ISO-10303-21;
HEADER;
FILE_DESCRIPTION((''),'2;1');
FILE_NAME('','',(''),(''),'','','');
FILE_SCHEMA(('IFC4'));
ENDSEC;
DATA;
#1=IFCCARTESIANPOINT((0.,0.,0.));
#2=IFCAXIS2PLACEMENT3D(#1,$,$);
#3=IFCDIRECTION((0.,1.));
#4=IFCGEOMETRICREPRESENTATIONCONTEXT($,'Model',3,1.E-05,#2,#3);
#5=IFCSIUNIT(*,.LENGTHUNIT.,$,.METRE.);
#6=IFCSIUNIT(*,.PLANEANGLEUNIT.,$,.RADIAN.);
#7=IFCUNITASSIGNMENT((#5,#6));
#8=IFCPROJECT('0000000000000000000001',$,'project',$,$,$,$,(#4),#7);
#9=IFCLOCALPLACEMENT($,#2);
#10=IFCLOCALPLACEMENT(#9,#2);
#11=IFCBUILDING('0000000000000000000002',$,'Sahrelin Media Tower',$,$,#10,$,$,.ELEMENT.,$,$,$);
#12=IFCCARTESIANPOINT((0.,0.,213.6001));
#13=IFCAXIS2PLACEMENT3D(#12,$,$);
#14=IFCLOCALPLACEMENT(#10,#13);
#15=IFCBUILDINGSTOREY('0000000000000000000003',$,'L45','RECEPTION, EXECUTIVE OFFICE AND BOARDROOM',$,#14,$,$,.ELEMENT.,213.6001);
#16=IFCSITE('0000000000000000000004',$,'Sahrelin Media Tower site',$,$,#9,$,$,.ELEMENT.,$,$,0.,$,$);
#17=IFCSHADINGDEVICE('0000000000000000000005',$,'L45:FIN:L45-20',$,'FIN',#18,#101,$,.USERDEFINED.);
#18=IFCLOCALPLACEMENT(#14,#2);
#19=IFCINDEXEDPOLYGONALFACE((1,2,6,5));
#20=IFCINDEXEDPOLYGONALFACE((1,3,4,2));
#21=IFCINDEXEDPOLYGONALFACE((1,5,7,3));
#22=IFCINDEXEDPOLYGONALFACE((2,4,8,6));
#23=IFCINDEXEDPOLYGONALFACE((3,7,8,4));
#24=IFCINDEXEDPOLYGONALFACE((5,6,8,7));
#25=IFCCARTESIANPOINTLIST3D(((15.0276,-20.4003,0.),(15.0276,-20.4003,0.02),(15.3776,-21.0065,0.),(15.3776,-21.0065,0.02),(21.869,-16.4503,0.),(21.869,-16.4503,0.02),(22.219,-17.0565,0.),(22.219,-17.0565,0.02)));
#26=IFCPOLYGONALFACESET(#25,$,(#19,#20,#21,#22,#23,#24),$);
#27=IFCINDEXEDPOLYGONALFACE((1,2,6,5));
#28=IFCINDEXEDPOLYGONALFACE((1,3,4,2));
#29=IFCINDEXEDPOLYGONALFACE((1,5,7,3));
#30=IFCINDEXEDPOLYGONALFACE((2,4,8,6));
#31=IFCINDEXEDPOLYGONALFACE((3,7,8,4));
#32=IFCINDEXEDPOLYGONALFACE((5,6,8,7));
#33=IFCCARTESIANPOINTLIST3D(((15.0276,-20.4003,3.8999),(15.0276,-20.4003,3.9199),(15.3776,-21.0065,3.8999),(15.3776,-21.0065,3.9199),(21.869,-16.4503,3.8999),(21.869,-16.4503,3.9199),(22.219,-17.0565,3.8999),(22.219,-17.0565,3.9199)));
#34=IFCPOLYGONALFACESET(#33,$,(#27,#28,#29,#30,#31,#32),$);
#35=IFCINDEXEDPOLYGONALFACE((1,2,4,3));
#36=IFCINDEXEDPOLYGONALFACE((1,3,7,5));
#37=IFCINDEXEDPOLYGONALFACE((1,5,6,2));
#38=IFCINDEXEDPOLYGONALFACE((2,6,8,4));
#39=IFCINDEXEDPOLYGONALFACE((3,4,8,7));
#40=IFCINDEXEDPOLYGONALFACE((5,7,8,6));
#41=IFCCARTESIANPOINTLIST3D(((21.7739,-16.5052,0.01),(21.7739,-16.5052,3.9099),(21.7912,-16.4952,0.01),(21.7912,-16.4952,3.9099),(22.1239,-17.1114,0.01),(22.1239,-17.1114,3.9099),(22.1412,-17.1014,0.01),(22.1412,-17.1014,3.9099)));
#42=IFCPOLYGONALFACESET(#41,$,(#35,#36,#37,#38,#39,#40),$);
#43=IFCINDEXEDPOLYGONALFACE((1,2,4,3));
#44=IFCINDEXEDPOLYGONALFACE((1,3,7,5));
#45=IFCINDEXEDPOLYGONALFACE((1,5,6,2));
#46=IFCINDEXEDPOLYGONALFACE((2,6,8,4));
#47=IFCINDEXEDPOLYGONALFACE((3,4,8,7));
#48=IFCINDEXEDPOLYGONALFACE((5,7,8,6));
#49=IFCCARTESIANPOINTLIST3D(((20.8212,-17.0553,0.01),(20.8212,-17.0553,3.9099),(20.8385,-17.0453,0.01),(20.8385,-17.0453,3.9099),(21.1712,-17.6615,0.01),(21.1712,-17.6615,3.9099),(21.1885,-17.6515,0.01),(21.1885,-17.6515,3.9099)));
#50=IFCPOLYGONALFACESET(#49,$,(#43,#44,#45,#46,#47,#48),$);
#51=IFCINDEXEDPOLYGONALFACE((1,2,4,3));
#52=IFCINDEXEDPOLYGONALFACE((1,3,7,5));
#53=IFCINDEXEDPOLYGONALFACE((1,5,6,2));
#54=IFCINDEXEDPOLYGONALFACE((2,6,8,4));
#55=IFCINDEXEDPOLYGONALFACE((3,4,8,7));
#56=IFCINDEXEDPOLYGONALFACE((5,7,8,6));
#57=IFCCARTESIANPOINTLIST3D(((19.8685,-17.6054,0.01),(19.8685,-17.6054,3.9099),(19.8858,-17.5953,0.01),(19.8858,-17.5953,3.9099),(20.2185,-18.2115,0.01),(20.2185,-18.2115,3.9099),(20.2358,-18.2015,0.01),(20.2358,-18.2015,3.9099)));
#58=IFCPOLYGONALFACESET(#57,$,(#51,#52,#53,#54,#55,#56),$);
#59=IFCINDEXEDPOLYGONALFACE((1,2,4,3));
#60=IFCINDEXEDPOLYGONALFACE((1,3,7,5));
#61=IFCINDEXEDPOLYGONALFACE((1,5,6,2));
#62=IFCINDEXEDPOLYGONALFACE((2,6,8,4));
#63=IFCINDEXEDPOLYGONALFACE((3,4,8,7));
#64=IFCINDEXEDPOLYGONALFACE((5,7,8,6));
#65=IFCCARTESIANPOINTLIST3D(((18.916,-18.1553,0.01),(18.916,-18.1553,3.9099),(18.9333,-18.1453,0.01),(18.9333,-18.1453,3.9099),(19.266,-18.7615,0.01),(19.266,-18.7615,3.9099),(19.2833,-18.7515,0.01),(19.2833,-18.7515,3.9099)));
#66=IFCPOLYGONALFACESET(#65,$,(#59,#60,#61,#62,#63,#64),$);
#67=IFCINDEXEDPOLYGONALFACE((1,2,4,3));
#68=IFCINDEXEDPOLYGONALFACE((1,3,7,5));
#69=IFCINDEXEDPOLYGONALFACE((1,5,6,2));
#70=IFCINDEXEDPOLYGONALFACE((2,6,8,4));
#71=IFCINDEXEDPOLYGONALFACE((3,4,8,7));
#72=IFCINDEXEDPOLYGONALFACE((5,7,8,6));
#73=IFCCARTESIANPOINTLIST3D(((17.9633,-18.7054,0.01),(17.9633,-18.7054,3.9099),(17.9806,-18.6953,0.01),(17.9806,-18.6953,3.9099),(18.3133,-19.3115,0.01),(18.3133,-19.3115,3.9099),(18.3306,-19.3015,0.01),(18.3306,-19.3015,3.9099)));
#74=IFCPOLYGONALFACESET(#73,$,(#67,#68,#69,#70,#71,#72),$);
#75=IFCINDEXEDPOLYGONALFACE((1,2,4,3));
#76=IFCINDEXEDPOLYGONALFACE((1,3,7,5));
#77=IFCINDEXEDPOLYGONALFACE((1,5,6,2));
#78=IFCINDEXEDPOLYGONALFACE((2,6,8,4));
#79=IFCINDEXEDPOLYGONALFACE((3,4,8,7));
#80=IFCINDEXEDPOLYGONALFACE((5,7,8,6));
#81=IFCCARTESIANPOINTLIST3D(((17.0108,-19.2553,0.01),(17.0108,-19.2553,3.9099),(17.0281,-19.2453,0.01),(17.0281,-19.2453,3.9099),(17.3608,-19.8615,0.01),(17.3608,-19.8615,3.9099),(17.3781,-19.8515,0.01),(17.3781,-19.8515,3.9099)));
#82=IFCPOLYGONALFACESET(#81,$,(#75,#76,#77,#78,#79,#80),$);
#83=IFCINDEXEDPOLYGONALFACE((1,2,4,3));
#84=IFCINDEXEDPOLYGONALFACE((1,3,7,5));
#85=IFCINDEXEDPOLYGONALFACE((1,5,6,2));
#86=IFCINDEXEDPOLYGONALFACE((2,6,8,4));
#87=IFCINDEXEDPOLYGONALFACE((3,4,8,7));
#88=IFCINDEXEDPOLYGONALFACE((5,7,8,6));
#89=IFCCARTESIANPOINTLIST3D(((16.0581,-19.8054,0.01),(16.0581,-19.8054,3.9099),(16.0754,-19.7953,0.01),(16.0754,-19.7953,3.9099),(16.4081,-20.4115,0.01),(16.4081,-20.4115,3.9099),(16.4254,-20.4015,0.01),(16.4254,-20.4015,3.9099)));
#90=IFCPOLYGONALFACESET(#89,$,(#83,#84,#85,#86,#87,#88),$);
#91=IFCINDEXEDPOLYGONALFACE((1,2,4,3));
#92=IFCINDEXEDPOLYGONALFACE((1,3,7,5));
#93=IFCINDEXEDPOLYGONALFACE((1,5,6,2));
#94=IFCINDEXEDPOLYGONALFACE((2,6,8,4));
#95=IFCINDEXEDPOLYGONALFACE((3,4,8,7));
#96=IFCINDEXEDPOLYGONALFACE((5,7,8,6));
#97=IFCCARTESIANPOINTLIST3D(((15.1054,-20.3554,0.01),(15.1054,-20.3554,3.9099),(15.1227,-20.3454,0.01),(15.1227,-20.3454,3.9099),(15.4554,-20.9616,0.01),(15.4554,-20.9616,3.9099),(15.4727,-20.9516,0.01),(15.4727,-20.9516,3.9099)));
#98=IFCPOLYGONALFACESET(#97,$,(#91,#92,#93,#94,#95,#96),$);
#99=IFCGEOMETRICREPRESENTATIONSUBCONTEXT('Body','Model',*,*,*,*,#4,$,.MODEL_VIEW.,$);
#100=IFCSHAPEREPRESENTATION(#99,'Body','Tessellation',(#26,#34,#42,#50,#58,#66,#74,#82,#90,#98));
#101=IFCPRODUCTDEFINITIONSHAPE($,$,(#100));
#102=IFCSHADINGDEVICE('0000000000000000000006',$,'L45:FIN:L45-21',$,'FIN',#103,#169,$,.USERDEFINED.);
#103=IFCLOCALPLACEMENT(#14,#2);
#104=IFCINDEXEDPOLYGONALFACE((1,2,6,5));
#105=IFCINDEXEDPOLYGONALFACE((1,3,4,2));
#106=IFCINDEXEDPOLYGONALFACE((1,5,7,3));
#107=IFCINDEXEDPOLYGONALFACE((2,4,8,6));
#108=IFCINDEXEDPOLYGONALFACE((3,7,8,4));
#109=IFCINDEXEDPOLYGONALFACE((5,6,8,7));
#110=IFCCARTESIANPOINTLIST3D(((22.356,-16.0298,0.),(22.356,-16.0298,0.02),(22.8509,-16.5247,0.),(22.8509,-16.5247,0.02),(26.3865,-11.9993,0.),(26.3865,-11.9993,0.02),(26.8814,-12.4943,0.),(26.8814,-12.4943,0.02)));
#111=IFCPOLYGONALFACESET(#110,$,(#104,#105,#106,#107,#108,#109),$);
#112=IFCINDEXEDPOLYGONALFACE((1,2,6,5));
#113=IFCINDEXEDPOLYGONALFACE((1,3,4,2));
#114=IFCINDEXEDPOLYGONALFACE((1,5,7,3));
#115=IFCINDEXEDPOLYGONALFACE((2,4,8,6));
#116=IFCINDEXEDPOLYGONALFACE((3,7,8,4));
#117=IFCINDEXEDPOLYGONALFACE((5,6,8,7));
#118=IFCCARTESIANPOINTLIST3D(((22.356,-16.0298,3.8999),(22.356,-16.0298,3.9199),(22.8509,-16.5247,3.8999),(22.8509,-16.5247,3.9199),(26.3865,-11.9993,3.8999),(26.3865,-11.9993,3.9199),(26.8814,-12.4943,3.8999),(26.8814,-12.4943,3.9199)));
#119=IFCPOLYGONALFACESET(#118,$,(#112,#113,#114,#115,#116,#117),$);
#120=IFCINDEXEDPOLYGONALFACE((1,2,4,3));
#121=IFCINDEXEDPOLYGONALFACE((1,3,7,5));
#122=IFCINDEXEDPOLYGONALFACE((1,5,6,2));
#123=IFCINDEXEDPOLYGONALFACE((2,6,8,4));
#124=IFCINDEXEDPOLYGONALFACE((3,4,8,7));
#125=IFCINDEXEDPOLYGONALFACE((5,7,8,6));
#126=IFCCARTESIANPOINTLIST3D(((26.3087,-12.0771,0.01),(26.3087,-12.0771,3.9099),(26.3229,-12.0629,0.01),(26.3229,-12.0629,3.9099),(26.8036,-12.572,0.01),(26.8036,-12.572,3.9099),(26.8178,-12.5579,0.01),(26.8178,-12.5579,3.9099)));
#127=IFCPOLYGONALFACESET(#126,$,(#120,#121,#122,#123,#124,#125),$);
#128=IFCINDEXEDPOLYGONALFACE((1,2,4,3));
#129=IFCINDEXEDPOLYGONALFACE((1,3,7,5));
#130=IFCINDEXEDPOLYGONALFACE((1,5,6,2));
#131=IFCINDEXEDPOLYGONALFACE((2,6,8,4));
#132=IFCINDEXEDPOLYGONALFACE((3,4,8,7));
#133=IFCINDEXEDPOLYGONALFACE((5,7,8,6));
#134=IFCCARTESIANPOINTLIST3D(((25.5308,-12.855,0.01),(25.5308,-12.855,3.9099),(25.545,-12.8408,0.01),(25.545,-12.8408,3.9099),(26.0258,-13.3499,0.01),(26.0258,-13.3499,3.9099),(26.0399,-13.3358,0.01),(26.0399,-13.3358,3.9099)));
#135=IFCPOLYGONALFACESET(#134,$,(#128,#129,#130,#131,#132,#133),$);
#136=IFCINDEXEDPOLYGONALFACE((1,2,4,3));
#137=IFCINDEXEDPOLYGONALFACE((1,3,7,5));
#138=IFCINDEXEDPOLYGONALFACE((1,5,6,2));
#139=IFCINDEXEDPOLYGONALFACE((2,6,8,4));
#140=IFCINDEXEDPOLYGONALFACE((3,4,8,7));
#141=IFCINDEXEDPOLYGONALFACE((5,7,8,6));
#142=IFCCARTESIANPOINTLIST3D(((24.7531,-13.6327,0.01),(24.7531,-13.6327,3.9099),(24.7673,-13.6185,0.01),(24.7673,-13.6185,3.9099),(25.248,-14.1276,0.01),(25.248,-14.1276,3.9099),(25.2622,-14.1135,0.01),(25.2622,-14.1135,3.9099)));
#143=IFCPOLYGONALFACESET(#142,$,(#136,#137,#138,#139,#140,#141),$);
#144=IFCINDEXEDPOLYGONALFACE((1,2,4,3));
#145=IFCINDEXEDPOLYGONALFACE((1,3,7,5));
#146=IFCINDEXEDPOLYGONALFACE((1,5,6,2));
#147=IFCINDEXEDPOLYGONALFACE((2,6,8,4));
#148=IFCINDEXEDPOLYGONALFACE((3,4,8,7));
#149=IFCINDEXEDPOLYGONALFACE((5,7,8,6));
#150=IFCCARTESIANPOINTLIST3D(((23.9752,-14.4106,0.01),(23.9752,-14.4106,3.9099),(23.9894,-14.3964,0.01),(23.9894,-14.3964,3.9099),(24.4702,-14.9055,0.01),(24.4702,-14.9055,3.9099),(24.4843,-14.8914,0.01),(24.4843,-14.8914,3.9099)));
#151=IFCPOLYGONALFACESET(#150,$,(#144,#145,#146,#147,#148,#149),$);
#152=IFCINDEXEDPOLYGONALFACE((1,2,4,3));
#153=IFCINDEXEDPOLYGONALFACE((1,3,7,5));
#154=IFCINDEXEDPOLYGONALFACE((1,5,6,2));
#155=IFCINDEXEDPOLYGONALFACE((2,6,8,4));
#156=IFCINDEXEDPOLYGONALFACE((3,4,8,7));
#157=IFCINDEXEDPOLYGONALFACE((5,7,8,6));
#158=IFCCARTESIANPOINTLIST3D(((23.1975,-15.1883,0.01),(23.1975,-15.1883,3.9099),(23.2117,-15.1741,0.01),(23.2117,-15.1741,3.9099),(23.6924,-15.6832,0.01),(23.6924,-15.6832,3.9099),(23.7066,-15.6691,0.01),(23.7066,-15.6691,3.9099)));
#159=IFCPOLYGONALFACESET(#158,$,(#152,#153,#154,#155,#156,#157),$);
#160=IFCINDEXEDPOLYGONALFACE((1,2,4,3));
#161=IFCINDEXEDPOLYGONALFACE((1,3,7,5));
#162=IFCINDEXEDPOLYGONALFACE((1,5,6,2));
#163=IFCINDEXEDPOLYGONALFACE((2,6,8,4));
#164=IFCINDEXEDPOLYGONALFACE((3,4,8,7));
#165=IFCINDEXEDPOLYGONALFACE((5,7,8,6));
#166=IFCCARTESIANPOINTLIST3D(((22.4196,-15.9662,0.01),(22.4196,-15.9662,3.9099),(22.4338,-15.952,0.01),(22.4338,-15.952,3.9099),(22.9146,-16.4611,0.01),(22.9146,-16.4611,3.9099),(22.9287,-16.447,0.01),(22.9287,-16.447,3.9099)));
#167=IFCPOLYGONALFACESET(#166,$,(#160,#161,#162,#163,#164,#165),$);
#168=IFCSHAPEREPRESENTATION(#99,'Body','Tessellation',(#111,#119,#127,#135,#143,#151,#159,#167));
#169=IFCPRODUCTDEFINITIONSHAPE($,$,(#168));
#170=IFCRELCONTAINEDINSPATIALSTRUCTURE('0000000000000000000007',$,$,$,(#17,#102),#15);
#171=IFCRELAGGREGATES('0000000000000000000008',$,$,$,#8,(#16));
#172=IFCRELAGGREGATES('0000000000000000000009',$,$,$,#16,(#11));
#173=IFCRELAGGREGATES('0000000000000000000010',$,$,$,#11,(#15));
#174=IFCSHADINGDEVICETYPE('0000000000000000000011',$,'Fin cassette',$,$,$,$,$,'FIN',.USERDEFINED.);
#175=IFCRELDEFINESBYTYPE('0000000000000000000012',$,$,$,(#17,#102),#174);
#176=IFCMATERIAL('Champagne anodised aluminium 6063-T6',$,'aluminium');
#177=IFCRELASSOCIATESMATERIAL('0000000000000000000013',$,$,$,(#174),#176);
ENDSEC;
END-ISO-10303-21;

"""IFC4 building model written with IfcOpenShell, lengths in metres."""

from ifc_helpers import new_model, si_unit, direction, frame, origin, origin_2d, place, context, subcontext, project, spatial, rectangle, extrude, material, type_object, element, save


model = new_model("IFC4")

# Units and contexts
model_context = context("Model", 3, precision=1e-05, world=origin(), true_north=direction((0.0, 1.0)))
body_context = subcontext(model_context, "Body", "Model", "MODEL_VIEW")
ifc_project = project(units=[si_unit("LENGTHUNIT", "METRE"), si_unit("PLANEANGLEUNIT", "RADIAN")], contexts=[model_context])

# Site, building, storey
site_placement = place(None, origin())
site = spatial("IfcSite", under=ifc_project, at=site_placement, Name="Sahrelin Media Tower site", CompositionType="ELEMENT", RefElevation=0.0)
building_placement = place(site_placement, origin())
building = spatial("IfcBuilding", under=site, at=building_placement, Name="Sahrelin Media Tower", CompositionType="ELEMENT")
storey_placement = place(building_placement, frame((0.0, 0.0, 213.6001)))
storey = spatial("IfcBuildingStorey", under=building, at=storey_placement, Name="L45", Description="RECEPTION, EXECUTIVE OFFICE AND BOARDROOM", CompositionType="ELEMENT", Elevation=213.6001)

# Shared definitions
ifc_material_1 = material(Name="Champagne anodised aluminium 6063-T6", Category="aluminium")

# Shading devices
shading_device_type_1 = type_object("IfcShadingDeviceType", Name="Fin cassette", ElementType="FIN", PredefinedType="USERDEFINED", material=ifc_material_1)
placement_1 = place(storey_placement, frame((18.4133, -18.3647, 0.0), z_axis=(0.0, 0.0, 1.0), x_axis=(-0.866019, -0.500011, 0.0)))
element("IfcShadingDevice", 1, at=placement_1, inside=storey, type_object=shading_device_type_1, Name="L45:FIN:L45-20", ObjectType="FIN", PredefinedType="USERDEFINED", context=body_context, shape_type="SweptSolid", body=[
    extrude(rectangle(XDim=7.8999, YDim=0.7, at=origin_2d()), frame((0.0, 0.4199, 0.0)), (0.0, 0.0, 1.0), 0.02),
    extrude(rectangle(XDim=7.8999, YDim=0.7, at=origin_2d()), frame((0.0, 0.4199, 3.8999)), (0.0, 0.0, 1.0), 0.02),
    extrude(rectangle(XDim=0.02, YDim=0.7, at=origin_2d()), frame((-3.8501, 0.4199, 0.01), z_axis=(0.0, 0.0, 1.0), x_axis=(1.0, 0.0, 0.0)), (0.0, 0.0, 1.0), 3.8999),
    extrude(rectangle(XDim=0.02, YDim=0.7, at=origin_2d()), frame((-2.75, 0.4199, 0.01), z_axis=(0.0, 0.0, 1.0), x_axis=(1.0, 0.0, 0.0)), (0.0, 0.0, 1.0), 3.8999),
    extrude(rectangle(XDim=0.02, YDim=0.7, at=origin_2d()), frame((-1.6499, 0.4199, 0.01), z_axis=(0.0, 0.0, 1.0), x_axis=(1.0, 0.0, 0.0)), (0.0, 0.0, 1.0), 3.8999),
    extrude(rectangle(XDim=0.02, YDim=0.7, at=origin_2d()), frame((-0.55, 0.4199, 0.01), z_axis=(0.0, 0.0, 1.0), x_axis=(1.0, 0.0, 0.0)), (0.0, 0.0, 1.0), 3.8999),
    extrude(rectangle(XDim=0.02, YDim=0.7, at=origin_2d()), frame((0.55, 0.4199, 0.01), z_axis=(0.0, 0.0, 1.0), x_axis=(1.0, 0.0, 0.0)), (0.0, 0.0, 1.0), 3.8999),
    extrude(rectangle(XDim=0.02, YDim=0.7, at=origin_2d()), frame((1.6499, 0.4199, 0.01), z_axis=(0.0, 0.0, 1.0), x_axis=(1.0, 0.0, 0.0)), (0.0, 0.0, 1.0), 3.8999),
    extrude(rectangle(XDim=0.02, YDim=0.7, at=origin_2d()), frame((2.75, 0.4199, 0.01), z_axis=(0.0, 0.0, 1.0), x_axis=(1.0, 0.0, 0.0)), (0.0, 0.0, 1.0), 3.8999),
    extrude(rectangle(XDim=0.02, YDim=0.7, at=origin_2d()), frame((3.8501, 0.4199, 0.01), z_axis=(0.0, 0.0, 1.0), x_axis=(1.0, 0.0, 0.0)), (0.0, 0.0, 1.0), 3.8999),
])
placement_2 = place(storey_placement, frame((24.3218, -13.9651, 0.0), z_axis=(0.0, 0.0, 1.0), x_axis=(-0.707107, -0.707107, 0.0)))
element("IfcShadingDevice", 2, at=placement_2, inside=storey, type_object=shading_device_type_1, Name="L45:FIN:L45-21", ObjectType="FIN", PredefinedType="USERDEFINED", context=body_context, shape_type="SweptSolid", body=[
    extrude(rectangle(XDim=5.7, YDim=0.7, at=origin_2d()), frame((0.0, 0.4199, 0.0)), (0.0, 0.0, 1.0), 0.02),
    extrude(rectangle(XDim=5.7, YDim=0.7, at=origin_2d()), frame((0.0, 0.4199, 3.8999)), (0.0, 0.0, 1.0), 0.02),
    extrude(rectangle(XDim=0.02, YDim=0.7, at=origin_2d()), frame((-2.75, 0.4199, 0.01), z_axis=(0.0, 0.0, 1.0), x_axis=(1.0, 0.0, 0.0)), (0.0, 0.0, 1.0), 3.8999),
    extrude(rectangle(XDim=0.02, YDim=0.7, at=origin_2d()), frame((-1.6499, 0.4199, 0.01), z_axis=(0.0, 0.0, 1.0), x_axis=(1.0, 0.0, 0.0)), (0.0, 0.0, 1.0), 3.8999),
    extrude(rectangle(XDim=0.02, YDim=0.7, at=origin_2d()), frame((-0.55, 0.4199, 0.01), z_axis=(0.0, 0.0, 1.0), x_axis=(1.0, 0.0, 0.0)), (0.0, 0.0, 1.0), 3.8999),
    extrude(rectangle(XDim=0.02, YDim=0.7, at=origin_2d()), frame((0.55, 0.4199, 0.01), z_axis=(0.0, 0.0, 1.0), x_axis=(1.0, 0.0, 0.0)), (0.0, 0.0, 1.0), 3.8999),
    extrude(rectangle(XDim=0.02, YDim=0.7, at=origin_2d()), frame((1.6499, 0.4199, 0.01), z_axis=(0.0, 0.0, 1.0), x_axis=(1.0, 0.0, 0.0)), (0.0, 0.0, 1.0), 3.8999),
    extrude(rectangle(XDim=0.02, YDim=0.7, at=origin_2d()), frame((2.75, 0.4199, 0.01), z_axis=(0.0, 0.0, 1.0), x_axis=(1.0, 0.0, 0.0)), (0.0, 0.0, 1.0), 3.8999),
])

save(model, "model.ifc")
